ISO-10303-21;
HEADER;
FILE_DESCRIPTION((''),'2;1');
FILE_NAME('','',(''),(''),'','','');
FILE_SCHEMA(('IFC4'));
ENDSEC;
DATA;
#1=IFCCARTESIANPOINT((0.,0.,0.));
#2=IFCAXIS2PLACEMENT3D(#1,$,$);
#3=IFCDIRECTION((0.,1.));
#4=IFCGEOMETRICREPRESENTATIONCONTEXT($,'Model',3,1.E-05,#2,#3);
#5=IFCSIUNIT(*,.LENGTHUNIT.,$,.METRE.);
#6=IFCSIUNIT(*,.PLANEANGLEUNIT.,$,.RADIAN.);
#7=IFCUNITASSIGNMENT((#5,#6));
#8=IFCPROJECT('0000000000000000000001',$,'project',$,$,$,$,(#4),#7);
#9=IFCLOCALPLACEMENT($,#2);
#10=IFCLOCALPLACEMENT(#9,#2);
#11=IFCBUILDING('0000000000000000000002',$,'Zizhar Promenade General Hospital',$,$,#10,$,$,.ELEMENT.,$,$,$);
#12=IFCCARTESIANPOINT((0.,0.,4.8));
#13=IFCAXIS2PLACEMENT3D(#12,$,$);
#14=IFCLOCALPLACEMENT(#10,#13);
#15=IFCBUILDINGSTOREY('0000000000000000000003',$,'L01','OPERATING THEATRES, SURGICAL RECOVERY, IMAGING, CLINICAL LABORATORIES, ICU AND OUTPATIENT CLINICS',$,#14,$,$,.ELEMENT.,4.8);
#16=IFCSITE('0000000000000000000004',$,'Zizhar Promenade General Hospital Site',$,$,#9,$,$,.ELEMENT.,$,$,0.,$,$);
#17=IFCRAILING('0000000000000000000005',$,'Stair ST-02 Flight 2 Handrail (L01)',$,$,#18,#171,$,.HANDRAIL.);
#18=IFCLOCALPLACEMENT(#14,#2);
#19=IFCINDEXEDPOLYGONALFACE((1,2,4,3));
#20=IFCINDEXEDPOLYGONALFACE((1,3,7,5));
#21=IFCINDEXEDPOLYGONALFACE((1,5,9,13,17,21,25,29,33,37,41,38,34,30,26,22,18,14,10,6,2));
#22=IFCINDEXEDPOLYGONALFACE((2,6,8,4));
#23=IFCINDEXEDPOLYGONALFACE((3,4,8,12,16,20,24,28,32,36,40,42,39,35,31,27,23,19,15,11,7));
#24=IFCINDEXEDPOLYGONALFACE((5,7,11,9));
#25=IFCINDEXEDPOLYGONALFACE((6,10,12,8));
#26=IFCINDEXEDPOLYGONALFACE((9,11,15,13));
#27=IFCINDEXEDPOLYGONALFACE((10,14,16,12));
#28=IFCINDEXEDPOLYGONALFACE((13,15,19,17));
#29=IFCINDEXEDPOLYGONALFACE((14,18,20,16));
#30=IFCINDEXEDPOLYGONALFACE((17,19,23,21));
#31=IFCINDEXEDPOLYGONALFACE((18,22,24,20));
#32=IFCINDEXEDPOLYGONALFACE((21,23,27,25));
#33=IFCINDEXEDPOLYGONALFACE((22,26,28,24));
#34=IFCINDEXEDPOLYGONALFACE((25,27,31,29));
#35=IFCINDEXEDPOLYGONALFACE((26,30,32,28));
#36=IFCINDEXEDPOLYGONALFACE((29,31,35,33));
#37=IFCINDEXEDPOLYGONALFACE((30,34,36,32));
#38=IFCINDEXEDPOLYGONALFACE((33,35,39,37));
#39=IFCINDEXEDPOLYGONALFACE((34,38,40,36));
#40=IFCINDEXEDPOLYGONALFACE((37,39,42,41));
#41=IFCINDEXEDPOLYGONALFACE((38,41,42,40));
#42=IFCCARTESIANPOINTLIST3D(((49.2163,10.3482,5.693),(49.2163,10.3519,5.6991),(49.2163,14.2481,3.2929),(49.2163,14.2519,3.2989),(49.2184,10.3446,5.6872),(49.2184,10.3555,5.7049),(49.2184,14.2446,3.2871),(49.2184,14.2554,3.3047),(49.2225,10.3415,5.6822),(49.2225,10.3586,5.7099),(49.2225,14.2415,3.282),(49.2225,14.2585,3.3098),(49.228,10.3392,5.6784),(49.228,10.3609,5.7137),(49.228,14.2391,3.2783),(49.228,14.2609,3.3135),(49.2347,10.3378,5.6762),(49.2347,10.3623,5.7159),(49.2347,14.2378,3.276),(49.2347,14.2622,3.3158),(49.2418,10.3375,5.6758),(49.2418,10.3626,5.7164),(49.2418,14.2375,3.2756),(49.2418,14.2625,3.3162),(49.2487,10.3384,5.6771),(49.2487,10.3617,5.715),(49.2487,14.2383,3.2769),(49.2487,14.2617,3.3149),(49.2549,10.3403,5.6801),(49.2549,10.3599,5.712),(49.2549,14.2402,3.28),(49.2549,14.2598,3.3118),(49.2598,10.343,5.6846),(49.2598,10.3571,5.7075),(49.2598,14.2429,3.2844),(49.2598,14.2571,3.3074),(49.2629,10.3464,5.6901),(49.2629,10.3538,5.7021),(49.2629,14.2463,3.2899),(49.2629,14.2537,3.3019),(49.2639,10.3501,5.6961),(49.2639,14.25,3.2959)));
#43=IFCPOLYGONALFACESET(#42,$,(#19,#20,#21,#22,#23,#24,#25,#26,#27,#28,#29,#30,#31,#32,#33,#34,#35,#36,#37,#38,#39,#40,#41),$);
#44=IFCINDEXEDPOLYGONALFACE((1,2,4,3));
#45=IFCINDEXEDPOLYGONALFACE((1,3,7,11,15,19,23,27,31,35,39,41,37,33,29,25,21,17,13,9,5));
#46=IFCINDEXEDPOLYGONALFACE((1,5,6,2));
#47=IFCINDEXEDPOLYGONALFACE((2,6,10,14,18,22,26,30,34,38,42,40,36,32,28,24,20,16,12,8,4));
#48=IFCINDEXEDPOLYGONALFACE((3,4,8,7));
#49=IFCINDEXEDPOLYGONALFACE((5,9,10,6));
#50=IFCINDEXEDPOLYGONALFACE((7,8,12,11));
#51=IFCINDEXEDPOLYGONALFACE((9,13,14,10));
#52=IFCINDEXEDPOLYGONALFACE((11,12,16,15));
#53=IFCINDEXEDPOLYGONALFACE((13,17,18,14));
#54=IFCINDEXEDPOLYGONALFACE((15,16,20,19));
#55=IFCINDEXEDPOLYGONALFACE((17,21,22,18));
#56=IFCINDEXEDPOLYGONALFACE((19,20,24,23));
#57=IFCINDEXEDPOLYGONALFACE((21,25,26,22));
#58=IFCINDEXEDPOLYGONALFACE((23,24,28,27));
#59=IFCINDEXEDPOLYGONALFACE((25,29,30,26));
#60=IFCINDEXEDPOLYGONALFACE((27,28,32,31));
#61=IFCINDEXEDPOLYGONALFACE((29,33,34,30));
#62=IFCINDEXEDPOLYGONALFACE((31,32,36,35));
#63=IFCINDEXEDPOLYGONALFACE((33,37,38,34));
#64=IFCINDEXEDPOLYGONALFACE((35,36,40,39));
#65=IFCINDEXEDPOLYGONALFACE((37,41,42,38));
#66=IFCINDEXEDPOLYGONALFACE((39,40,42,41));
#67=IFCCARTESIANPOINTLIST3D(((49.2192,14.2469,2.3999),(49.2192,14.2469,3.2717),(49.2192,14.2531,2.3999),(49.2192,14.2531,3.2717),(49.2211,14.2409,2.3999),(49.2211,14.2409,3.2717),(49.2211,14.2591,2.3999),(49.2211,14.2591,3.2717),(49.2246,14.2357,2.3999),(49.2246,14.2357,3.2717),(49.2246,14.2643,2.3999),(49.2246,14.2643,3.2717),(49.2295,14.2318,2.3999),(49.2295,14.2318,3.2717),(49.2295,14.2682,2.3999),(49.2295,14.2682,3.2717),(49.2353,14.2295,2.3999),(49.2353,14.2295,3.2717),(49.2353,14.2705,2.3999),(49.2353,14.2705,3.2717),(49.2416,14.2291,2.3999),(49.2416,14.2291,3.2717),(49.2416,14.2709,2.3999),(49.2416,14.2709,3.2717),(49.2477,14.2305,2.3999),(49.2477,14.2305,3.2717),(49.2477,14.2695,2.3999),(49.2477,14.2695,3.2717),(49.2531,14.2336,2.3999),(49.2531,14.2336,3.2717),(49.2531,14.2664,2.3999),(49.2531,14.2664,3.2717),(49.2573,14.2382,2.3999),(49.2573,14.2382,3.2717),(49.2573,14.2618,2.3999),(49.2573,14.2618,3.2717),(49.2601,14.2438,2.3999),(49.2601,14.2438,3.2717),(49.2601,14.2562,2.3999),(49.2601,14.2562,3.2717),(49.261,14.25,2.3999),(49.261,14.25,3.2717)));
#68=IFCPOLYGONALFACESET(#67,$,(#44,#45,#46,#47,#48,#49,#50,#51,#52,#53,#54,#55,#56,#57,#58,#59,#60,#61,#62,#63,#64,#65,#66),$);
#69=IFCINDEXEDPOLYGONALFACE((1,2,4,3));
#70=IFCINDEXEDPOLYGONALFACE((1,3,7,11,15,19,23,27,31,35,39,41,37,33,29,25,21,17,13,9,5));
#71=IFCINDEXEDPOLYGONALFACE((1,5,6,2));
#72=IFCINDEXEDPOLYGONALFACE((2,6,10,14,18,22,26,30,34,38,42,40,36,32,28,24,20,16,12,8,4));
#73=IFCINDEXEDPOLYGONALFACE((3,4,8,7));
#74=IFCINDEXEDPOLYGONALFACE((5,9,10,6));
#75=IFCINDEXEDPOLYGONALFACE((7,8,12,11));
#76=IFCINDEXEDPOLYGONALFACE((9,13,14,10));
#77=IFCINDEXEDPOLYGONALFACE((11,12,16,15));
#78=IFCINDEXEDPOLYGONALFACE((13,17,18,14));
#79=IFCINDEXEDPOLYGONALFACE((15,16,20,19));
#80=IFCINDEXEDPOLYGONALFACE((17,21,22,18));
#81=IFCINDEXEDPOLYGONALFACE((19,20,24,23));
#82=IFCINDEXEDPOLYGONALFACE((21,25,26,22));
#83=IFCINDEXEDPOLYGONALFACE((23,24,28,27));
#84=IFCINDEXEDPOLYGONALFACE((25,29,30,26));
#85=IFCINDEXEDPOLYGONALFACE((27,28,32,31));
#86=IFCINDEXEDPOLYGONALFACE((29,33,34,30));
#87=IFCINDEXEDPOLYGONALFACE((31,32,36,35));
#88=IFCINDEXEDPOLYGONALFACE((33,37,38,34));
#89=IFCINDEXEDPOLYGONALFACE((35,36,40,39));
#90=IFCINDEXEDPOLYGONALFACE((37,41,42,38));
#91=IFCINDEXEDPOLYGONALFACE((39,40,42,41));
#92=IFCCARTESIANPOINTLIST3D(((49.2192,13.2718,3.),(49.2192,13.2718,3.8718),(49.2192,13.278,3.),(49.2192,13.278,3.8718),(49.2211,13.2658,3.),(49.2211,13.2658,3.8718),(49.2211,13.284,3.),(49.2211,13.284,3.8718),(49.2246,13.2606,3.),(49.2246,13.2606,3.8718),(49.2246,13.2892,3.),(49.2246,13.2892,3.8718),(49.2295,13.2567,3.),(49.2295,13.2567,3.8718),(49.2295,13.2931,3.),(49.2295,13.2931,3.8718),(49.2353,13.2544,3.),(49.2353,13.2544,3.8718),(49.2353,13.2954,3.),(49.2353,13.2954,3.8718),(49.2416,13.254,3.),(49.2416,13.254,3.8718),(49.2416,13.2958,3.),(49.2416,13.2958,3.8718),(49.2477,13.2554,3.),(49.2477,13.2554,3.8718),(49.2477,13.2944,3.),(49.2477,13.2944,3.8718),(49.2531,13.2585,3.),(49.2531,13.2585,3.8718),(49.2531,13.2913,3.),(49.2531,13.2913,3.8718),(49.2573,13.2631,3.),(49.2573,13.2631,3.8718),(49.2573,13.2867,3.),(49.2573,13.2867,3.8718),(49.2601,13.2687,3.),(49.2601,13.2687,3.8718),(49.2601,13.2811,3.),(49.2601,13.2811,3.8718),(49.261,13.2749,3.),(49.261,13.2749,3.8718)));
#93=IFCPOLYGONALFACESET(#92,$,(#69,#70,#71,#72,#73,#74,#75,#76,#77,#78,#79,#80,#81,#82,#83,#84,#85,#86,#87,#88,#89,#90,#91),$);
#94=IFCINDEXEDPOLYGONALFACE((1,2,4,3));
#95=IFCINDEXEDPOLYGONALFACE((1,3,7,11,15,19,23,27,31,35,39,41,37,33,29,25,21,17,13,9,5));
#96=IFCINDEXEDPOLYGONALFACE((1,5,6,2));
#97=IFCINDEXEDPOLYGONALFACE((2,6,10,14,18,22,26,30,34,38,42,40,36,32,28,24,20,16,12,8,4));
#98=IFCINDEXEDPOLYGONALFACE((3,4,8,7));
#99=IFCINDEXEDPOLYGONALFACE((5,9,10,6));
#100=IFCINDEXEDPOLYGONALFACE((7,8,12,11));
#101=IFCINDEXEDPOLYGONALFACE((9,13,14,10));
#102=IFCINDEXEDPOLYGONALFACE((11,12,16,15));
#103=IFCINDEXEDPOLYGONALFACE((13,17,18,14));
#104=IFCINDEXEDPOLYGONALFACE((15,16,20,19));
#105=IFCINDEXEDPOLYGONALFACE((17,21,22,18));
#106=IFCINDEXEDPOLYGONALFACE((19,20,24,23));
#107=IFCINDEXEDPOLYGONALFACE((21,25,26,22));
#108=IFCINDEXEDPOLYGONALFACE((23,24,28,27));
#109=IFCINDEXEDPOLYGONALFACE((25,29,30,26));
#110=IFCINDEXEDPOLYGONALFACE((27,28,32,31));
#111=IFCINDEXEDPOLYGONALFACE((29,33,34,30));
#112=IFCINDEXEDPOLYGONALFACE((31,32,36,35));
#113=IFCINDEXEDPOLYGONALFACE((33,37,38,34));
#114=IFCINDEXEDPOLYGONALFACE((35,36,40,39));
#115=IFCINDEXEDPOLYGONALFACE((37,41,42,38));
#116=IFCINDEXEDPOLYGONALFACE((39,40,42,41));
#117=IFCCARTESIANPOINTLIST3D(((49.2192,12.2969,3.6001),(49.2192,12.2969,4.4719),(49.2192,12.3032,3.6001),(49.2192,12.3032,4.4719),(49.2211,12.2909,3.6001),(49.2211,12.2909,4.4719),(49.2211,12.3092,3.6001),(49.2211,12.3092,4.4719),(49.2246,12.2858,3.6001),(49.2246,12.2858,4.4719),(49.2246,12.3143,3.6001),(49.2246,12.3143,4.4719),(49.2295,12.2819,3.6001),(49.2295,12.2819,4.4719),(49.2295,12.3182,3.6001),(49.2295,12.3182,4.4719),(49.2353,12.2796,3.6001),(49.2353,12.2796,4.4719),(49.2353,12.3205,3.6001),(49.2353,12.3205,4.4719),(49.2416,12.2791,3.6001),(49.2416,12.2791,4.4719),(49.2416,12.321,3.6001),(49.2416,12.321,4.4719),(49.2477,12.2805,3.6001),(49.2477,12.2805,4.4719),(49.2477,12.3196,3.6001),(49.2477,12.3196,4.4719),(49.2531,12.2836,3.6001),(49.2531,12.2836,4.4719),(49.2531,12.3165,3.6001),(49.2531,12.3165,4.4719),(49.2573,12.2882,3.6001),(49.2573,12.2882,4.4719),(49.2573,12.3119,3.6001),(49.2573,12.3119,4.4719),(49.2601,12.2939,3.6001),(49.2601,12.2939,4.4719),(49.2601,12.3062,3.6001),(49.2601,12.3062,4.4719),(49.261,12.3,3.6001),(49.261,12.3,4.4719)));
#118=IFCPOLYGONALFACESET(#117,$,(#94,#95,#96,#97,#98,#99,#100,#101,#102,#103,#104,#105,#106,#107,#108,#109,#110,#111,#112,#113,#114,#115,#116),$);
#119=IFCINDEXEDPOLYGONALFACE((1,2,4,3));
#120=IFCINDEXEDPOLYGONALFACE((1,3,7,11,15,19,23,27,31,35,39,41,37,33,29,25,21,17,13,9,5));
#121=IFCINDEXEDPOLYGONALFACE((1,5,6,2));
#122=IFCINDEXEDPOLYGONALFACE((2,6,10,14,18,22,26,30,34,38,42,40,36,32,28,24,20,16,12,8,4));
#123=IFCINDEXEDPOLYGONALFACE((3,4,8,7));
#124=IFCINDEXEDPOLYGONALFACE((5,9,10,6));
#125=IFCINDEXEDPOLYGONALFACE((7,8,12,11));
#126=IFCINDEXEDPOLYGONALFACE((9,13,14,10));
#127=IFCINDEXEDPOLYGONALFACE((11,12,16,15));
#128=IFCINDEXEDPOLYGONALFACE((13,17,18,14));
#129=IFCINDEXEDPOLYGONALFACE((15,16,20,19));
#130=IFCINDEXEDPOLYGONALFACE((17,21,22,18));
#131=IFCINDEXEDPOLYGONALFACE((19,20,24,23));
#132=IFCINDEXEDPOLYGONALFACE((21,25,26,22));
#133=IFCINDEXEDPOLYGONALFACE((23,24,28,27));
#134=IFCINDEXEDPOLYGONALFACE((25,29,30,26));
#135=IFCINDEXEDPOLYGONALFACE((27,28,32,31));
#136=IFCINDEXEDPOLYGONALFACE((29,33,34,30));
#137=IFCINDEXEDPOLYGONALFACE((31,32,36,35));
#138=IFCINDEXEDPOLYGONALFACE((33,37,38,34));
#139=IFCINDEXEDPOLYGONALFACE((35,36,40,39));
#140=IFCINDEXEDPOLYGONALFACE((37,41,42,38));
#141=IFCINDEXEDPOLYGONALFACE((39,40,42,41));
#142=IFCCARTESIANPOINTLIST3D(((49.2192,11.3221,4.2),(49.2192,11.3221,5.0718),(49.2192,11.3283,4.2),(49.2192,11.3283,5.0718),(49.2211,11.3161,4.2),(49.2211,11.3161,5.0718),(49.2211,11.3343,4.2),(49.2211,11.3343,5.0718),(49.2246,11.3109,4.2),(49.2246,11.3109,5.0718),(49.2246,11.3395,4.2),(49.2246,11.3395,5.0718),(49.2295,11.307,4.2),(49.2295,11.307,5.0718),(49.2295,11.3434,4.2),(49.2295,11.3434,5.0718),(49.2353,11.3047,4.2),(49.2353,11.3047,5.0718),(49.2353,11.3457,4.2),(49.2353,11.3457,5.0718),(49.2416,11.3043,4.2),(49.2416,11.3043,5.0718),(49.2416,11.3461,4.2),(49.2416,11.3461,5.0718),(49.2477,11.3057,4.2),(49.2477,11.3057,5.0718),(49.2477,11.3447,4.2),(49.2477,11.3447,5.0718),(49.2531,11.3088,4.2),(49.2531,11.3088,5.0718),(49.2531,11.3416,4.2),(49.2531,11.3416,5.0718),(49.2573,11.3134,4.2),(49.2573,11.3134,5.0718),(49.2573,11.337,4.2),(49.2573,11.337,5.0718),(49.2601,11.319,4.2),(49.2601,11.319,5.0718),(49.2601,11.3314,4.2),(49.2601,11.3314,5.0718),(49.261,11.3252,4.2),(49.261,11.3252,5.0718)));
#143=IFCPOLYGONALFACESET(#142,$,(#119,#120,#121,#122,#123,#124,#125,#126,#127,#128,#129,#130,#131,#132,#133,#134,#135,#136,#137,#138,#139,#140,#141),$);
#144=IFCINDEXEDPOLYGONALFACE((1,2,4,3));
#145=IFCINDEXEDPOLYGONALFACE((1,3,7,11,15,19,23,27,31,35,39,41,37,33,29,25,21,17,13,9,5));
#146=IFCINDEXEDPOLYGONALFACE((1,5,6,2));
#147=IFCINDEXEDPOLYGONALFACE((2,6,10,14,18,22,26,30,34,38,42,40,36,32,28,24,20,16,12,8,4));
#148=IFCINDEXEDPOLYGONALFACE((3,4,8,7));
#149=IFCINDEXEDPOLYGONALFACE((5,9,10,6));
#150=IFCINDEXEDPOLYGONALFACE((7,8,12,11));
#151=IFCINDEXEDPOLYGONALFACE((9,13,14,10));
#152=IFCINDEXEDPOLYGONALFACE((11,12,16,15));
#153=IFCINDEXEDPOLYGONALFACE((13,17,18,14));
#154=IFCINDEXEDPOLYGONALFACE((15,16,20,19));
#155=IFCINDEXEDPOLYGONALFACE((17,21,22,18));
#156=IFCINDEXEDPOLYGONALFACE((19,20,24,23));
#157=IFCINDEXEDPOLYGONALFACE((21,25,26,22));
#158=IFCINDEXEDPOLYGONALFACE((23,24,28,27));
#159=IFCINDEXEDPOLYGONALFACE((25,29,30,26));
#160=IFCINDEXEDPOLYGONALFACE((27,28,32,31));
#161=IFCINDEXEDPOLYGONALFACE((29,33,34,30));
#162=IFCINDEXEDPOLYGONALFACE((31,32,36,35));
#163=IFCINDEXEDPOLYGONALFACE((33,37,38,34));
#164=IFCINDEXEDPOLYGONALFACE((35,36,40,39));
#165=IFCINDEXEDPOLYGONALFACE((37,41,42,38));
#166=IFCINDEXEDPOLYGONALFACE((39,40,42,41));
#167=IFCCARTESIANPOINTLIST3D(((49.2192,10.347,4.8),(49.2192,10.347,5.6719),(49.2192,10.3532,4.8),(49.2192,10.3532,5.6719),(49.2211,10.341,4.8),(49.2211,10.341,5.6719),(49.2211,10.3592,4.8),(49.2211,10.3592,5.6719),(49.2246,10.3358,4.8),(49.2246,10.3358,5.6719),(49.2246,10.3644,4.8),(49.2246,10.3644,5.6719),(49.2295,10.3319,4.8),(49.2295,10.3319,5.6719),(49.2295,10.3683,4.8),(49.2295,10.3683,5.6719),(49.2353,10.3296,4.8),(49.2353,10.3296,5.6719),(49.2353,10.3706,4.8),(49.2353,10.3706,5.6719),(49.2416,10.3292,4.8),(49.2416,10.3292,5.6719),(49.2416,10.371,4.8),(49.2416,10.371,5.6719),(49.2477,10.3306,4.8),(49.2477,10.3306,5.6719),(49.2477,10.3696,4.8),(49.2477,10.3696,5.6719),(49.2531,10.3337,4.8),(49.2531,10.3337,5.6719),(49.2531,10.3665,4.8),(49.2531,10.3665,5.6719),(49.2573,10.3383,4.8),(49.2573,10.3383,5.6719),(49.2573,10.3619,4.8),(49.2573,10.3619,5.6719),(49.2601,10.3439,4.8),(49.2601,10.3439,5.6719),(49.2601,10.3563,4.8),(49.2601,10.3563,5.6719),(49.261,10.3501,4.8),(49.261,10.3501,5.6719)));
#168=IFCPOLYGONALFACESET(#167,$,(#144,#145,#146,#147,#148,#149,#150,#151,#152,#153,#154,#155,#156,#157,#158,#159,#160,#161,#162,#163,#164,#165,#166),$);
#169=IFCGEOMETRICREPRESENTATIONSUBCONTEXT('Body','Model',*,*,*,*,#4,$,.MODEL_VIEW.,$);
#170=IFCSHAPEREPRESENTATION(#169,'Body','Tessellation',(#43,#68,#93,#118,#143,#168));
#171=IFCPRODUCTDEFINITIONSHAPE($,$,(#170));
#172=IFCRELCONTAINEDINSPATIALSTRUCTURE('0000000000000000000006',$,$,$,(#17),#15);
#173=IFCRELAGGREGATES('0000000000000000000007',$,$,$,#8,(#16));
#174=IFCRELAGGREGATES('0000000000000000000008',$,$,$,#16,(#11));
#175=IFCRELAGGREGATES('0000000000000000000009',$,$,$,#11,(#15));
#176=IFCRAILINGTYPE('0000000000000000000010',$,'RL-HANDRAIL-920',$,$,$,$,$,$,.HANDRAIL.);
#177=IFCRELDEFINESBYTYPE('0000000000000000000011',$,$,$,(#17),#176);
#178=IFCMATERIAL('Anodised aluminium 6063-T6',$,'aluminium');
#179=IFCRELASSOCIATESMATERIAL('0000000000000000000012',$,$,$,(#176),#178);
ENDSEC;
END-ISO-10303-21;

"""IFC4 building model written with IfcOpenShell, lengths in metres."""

from ifc_helpers import new_model, si_unit, direction, frame, origin, origin_2d, place, context, subcontext, project, spatial, circle, hollow_circle, extrude, material, material_profile, profile_set, type_object, element, save


model = new_model("IFC4")

# Units and contexts
model_context = context("Model", 3, precision=1e-05, world=origin(), true_north=direction((0.0, 1.0)))
body_context = subcontext(model_context, "Body", "Model", "MODEL_VIEW")
ifc_project = project(units=[si_unit("LENGTHUNIT", "METRE"), si_unit("PLANEANGLEUNIT", "RADIAN")], contexts=[model_context])

# Site, building, storey
site_placement = place(None, origin())
site = spatial("IfcSite", under=ifc_project, at=site_placement, Name="Zizhar Promenade General Hospital Site", CompositionType="ELEMENT", RefElevation=0.0)
building_placement = place(site_placement, origin())
building = spatial("IfcBuilding", under=site, at=building_placement, Name="Zizhar Promenade General Hospital", CompositionType="ELEMENT")
storey_placement = place(building_placement, frame((0.0, 0.0, 4.8)))
storey = spatial("IfcBuildingStorey", under=building, at=storey_placement, Name="L01", Description="OPERATING THEATRES, SURGICAL RECOVERY, IMAGING, CLINICAL LABORATORIES, ICU AND OUTPATIENT CLINICS", CompositionType="ELEMENT", Elevation=4.8)

# Railing
ifc_material_1 = material(Name="Anodised aluminium 6063-T6", Category="aluminium")
ifc_material_profile_1 = material_profile(ifc_material_1, hollow_circle(Radius=0.0698, WallThickness=0.0063, at=origin_2d()))
ifc_profile_set_1 = profile_set([ifc_material_profile_1], Name="Anodised aluminium 6063-T6")
railing_type_1 = type_object("IfcRailingType", Name="RL-HANDRAIL-920", PredefinedType="HANDRAIL", material=ifc_profile_set_1)
railing_1_placement = place(storey_placement, frame((49.24, 14.25, 2.3999)))
element("IfcRailing", 1, at=railing_1_placement, inside=storey, type_object=railing_type_1, Name="Stair ST-02 Flight 2 Handrail (L01)", PredefinedType="HANDRAIL", context=body_context, shape_type="SweptSolid", body=[
    extrude(circle(Radius=0.0239, at=origin_2d()), frame((0.0, 0.0, 0.896), z_axis=(0.0, -0.851638, 0.52413), x_axis=(1.0, 0.0, 0.0)), (0.0, 0.0, 1.0), 4.5793),
    extrude(circle(Radius=0.021, at=origin_2d()), origin(), (0.0, 0.0, 1.0), 0.8718),
    extrude(circle(Radius=0.021, at=origin_2d()), frame((0.0, -0.9751, 0.6001)), (0.0, 0.0, 1.0), 0.8718),
    extrude(circle(Radius=0.021, at=origin_2d()), frame((0.0, -1.95, 1.2002)), (0.0, 0.0, 1.0), 0.8718),
    extrude(circle(Radius=0.021, at=origin_2d()), frame((0.0, -2.9248, 1.8)), (0.0, 0.0, 1.0), 0.8718),
    extrude(circle(Radius=0.021, at=origin_2d()), frame((0.0, -3.8999, 2.4001)), (0.0, 0.0, 1.0), 0.8718),
])

save(model, "model.ifc")
